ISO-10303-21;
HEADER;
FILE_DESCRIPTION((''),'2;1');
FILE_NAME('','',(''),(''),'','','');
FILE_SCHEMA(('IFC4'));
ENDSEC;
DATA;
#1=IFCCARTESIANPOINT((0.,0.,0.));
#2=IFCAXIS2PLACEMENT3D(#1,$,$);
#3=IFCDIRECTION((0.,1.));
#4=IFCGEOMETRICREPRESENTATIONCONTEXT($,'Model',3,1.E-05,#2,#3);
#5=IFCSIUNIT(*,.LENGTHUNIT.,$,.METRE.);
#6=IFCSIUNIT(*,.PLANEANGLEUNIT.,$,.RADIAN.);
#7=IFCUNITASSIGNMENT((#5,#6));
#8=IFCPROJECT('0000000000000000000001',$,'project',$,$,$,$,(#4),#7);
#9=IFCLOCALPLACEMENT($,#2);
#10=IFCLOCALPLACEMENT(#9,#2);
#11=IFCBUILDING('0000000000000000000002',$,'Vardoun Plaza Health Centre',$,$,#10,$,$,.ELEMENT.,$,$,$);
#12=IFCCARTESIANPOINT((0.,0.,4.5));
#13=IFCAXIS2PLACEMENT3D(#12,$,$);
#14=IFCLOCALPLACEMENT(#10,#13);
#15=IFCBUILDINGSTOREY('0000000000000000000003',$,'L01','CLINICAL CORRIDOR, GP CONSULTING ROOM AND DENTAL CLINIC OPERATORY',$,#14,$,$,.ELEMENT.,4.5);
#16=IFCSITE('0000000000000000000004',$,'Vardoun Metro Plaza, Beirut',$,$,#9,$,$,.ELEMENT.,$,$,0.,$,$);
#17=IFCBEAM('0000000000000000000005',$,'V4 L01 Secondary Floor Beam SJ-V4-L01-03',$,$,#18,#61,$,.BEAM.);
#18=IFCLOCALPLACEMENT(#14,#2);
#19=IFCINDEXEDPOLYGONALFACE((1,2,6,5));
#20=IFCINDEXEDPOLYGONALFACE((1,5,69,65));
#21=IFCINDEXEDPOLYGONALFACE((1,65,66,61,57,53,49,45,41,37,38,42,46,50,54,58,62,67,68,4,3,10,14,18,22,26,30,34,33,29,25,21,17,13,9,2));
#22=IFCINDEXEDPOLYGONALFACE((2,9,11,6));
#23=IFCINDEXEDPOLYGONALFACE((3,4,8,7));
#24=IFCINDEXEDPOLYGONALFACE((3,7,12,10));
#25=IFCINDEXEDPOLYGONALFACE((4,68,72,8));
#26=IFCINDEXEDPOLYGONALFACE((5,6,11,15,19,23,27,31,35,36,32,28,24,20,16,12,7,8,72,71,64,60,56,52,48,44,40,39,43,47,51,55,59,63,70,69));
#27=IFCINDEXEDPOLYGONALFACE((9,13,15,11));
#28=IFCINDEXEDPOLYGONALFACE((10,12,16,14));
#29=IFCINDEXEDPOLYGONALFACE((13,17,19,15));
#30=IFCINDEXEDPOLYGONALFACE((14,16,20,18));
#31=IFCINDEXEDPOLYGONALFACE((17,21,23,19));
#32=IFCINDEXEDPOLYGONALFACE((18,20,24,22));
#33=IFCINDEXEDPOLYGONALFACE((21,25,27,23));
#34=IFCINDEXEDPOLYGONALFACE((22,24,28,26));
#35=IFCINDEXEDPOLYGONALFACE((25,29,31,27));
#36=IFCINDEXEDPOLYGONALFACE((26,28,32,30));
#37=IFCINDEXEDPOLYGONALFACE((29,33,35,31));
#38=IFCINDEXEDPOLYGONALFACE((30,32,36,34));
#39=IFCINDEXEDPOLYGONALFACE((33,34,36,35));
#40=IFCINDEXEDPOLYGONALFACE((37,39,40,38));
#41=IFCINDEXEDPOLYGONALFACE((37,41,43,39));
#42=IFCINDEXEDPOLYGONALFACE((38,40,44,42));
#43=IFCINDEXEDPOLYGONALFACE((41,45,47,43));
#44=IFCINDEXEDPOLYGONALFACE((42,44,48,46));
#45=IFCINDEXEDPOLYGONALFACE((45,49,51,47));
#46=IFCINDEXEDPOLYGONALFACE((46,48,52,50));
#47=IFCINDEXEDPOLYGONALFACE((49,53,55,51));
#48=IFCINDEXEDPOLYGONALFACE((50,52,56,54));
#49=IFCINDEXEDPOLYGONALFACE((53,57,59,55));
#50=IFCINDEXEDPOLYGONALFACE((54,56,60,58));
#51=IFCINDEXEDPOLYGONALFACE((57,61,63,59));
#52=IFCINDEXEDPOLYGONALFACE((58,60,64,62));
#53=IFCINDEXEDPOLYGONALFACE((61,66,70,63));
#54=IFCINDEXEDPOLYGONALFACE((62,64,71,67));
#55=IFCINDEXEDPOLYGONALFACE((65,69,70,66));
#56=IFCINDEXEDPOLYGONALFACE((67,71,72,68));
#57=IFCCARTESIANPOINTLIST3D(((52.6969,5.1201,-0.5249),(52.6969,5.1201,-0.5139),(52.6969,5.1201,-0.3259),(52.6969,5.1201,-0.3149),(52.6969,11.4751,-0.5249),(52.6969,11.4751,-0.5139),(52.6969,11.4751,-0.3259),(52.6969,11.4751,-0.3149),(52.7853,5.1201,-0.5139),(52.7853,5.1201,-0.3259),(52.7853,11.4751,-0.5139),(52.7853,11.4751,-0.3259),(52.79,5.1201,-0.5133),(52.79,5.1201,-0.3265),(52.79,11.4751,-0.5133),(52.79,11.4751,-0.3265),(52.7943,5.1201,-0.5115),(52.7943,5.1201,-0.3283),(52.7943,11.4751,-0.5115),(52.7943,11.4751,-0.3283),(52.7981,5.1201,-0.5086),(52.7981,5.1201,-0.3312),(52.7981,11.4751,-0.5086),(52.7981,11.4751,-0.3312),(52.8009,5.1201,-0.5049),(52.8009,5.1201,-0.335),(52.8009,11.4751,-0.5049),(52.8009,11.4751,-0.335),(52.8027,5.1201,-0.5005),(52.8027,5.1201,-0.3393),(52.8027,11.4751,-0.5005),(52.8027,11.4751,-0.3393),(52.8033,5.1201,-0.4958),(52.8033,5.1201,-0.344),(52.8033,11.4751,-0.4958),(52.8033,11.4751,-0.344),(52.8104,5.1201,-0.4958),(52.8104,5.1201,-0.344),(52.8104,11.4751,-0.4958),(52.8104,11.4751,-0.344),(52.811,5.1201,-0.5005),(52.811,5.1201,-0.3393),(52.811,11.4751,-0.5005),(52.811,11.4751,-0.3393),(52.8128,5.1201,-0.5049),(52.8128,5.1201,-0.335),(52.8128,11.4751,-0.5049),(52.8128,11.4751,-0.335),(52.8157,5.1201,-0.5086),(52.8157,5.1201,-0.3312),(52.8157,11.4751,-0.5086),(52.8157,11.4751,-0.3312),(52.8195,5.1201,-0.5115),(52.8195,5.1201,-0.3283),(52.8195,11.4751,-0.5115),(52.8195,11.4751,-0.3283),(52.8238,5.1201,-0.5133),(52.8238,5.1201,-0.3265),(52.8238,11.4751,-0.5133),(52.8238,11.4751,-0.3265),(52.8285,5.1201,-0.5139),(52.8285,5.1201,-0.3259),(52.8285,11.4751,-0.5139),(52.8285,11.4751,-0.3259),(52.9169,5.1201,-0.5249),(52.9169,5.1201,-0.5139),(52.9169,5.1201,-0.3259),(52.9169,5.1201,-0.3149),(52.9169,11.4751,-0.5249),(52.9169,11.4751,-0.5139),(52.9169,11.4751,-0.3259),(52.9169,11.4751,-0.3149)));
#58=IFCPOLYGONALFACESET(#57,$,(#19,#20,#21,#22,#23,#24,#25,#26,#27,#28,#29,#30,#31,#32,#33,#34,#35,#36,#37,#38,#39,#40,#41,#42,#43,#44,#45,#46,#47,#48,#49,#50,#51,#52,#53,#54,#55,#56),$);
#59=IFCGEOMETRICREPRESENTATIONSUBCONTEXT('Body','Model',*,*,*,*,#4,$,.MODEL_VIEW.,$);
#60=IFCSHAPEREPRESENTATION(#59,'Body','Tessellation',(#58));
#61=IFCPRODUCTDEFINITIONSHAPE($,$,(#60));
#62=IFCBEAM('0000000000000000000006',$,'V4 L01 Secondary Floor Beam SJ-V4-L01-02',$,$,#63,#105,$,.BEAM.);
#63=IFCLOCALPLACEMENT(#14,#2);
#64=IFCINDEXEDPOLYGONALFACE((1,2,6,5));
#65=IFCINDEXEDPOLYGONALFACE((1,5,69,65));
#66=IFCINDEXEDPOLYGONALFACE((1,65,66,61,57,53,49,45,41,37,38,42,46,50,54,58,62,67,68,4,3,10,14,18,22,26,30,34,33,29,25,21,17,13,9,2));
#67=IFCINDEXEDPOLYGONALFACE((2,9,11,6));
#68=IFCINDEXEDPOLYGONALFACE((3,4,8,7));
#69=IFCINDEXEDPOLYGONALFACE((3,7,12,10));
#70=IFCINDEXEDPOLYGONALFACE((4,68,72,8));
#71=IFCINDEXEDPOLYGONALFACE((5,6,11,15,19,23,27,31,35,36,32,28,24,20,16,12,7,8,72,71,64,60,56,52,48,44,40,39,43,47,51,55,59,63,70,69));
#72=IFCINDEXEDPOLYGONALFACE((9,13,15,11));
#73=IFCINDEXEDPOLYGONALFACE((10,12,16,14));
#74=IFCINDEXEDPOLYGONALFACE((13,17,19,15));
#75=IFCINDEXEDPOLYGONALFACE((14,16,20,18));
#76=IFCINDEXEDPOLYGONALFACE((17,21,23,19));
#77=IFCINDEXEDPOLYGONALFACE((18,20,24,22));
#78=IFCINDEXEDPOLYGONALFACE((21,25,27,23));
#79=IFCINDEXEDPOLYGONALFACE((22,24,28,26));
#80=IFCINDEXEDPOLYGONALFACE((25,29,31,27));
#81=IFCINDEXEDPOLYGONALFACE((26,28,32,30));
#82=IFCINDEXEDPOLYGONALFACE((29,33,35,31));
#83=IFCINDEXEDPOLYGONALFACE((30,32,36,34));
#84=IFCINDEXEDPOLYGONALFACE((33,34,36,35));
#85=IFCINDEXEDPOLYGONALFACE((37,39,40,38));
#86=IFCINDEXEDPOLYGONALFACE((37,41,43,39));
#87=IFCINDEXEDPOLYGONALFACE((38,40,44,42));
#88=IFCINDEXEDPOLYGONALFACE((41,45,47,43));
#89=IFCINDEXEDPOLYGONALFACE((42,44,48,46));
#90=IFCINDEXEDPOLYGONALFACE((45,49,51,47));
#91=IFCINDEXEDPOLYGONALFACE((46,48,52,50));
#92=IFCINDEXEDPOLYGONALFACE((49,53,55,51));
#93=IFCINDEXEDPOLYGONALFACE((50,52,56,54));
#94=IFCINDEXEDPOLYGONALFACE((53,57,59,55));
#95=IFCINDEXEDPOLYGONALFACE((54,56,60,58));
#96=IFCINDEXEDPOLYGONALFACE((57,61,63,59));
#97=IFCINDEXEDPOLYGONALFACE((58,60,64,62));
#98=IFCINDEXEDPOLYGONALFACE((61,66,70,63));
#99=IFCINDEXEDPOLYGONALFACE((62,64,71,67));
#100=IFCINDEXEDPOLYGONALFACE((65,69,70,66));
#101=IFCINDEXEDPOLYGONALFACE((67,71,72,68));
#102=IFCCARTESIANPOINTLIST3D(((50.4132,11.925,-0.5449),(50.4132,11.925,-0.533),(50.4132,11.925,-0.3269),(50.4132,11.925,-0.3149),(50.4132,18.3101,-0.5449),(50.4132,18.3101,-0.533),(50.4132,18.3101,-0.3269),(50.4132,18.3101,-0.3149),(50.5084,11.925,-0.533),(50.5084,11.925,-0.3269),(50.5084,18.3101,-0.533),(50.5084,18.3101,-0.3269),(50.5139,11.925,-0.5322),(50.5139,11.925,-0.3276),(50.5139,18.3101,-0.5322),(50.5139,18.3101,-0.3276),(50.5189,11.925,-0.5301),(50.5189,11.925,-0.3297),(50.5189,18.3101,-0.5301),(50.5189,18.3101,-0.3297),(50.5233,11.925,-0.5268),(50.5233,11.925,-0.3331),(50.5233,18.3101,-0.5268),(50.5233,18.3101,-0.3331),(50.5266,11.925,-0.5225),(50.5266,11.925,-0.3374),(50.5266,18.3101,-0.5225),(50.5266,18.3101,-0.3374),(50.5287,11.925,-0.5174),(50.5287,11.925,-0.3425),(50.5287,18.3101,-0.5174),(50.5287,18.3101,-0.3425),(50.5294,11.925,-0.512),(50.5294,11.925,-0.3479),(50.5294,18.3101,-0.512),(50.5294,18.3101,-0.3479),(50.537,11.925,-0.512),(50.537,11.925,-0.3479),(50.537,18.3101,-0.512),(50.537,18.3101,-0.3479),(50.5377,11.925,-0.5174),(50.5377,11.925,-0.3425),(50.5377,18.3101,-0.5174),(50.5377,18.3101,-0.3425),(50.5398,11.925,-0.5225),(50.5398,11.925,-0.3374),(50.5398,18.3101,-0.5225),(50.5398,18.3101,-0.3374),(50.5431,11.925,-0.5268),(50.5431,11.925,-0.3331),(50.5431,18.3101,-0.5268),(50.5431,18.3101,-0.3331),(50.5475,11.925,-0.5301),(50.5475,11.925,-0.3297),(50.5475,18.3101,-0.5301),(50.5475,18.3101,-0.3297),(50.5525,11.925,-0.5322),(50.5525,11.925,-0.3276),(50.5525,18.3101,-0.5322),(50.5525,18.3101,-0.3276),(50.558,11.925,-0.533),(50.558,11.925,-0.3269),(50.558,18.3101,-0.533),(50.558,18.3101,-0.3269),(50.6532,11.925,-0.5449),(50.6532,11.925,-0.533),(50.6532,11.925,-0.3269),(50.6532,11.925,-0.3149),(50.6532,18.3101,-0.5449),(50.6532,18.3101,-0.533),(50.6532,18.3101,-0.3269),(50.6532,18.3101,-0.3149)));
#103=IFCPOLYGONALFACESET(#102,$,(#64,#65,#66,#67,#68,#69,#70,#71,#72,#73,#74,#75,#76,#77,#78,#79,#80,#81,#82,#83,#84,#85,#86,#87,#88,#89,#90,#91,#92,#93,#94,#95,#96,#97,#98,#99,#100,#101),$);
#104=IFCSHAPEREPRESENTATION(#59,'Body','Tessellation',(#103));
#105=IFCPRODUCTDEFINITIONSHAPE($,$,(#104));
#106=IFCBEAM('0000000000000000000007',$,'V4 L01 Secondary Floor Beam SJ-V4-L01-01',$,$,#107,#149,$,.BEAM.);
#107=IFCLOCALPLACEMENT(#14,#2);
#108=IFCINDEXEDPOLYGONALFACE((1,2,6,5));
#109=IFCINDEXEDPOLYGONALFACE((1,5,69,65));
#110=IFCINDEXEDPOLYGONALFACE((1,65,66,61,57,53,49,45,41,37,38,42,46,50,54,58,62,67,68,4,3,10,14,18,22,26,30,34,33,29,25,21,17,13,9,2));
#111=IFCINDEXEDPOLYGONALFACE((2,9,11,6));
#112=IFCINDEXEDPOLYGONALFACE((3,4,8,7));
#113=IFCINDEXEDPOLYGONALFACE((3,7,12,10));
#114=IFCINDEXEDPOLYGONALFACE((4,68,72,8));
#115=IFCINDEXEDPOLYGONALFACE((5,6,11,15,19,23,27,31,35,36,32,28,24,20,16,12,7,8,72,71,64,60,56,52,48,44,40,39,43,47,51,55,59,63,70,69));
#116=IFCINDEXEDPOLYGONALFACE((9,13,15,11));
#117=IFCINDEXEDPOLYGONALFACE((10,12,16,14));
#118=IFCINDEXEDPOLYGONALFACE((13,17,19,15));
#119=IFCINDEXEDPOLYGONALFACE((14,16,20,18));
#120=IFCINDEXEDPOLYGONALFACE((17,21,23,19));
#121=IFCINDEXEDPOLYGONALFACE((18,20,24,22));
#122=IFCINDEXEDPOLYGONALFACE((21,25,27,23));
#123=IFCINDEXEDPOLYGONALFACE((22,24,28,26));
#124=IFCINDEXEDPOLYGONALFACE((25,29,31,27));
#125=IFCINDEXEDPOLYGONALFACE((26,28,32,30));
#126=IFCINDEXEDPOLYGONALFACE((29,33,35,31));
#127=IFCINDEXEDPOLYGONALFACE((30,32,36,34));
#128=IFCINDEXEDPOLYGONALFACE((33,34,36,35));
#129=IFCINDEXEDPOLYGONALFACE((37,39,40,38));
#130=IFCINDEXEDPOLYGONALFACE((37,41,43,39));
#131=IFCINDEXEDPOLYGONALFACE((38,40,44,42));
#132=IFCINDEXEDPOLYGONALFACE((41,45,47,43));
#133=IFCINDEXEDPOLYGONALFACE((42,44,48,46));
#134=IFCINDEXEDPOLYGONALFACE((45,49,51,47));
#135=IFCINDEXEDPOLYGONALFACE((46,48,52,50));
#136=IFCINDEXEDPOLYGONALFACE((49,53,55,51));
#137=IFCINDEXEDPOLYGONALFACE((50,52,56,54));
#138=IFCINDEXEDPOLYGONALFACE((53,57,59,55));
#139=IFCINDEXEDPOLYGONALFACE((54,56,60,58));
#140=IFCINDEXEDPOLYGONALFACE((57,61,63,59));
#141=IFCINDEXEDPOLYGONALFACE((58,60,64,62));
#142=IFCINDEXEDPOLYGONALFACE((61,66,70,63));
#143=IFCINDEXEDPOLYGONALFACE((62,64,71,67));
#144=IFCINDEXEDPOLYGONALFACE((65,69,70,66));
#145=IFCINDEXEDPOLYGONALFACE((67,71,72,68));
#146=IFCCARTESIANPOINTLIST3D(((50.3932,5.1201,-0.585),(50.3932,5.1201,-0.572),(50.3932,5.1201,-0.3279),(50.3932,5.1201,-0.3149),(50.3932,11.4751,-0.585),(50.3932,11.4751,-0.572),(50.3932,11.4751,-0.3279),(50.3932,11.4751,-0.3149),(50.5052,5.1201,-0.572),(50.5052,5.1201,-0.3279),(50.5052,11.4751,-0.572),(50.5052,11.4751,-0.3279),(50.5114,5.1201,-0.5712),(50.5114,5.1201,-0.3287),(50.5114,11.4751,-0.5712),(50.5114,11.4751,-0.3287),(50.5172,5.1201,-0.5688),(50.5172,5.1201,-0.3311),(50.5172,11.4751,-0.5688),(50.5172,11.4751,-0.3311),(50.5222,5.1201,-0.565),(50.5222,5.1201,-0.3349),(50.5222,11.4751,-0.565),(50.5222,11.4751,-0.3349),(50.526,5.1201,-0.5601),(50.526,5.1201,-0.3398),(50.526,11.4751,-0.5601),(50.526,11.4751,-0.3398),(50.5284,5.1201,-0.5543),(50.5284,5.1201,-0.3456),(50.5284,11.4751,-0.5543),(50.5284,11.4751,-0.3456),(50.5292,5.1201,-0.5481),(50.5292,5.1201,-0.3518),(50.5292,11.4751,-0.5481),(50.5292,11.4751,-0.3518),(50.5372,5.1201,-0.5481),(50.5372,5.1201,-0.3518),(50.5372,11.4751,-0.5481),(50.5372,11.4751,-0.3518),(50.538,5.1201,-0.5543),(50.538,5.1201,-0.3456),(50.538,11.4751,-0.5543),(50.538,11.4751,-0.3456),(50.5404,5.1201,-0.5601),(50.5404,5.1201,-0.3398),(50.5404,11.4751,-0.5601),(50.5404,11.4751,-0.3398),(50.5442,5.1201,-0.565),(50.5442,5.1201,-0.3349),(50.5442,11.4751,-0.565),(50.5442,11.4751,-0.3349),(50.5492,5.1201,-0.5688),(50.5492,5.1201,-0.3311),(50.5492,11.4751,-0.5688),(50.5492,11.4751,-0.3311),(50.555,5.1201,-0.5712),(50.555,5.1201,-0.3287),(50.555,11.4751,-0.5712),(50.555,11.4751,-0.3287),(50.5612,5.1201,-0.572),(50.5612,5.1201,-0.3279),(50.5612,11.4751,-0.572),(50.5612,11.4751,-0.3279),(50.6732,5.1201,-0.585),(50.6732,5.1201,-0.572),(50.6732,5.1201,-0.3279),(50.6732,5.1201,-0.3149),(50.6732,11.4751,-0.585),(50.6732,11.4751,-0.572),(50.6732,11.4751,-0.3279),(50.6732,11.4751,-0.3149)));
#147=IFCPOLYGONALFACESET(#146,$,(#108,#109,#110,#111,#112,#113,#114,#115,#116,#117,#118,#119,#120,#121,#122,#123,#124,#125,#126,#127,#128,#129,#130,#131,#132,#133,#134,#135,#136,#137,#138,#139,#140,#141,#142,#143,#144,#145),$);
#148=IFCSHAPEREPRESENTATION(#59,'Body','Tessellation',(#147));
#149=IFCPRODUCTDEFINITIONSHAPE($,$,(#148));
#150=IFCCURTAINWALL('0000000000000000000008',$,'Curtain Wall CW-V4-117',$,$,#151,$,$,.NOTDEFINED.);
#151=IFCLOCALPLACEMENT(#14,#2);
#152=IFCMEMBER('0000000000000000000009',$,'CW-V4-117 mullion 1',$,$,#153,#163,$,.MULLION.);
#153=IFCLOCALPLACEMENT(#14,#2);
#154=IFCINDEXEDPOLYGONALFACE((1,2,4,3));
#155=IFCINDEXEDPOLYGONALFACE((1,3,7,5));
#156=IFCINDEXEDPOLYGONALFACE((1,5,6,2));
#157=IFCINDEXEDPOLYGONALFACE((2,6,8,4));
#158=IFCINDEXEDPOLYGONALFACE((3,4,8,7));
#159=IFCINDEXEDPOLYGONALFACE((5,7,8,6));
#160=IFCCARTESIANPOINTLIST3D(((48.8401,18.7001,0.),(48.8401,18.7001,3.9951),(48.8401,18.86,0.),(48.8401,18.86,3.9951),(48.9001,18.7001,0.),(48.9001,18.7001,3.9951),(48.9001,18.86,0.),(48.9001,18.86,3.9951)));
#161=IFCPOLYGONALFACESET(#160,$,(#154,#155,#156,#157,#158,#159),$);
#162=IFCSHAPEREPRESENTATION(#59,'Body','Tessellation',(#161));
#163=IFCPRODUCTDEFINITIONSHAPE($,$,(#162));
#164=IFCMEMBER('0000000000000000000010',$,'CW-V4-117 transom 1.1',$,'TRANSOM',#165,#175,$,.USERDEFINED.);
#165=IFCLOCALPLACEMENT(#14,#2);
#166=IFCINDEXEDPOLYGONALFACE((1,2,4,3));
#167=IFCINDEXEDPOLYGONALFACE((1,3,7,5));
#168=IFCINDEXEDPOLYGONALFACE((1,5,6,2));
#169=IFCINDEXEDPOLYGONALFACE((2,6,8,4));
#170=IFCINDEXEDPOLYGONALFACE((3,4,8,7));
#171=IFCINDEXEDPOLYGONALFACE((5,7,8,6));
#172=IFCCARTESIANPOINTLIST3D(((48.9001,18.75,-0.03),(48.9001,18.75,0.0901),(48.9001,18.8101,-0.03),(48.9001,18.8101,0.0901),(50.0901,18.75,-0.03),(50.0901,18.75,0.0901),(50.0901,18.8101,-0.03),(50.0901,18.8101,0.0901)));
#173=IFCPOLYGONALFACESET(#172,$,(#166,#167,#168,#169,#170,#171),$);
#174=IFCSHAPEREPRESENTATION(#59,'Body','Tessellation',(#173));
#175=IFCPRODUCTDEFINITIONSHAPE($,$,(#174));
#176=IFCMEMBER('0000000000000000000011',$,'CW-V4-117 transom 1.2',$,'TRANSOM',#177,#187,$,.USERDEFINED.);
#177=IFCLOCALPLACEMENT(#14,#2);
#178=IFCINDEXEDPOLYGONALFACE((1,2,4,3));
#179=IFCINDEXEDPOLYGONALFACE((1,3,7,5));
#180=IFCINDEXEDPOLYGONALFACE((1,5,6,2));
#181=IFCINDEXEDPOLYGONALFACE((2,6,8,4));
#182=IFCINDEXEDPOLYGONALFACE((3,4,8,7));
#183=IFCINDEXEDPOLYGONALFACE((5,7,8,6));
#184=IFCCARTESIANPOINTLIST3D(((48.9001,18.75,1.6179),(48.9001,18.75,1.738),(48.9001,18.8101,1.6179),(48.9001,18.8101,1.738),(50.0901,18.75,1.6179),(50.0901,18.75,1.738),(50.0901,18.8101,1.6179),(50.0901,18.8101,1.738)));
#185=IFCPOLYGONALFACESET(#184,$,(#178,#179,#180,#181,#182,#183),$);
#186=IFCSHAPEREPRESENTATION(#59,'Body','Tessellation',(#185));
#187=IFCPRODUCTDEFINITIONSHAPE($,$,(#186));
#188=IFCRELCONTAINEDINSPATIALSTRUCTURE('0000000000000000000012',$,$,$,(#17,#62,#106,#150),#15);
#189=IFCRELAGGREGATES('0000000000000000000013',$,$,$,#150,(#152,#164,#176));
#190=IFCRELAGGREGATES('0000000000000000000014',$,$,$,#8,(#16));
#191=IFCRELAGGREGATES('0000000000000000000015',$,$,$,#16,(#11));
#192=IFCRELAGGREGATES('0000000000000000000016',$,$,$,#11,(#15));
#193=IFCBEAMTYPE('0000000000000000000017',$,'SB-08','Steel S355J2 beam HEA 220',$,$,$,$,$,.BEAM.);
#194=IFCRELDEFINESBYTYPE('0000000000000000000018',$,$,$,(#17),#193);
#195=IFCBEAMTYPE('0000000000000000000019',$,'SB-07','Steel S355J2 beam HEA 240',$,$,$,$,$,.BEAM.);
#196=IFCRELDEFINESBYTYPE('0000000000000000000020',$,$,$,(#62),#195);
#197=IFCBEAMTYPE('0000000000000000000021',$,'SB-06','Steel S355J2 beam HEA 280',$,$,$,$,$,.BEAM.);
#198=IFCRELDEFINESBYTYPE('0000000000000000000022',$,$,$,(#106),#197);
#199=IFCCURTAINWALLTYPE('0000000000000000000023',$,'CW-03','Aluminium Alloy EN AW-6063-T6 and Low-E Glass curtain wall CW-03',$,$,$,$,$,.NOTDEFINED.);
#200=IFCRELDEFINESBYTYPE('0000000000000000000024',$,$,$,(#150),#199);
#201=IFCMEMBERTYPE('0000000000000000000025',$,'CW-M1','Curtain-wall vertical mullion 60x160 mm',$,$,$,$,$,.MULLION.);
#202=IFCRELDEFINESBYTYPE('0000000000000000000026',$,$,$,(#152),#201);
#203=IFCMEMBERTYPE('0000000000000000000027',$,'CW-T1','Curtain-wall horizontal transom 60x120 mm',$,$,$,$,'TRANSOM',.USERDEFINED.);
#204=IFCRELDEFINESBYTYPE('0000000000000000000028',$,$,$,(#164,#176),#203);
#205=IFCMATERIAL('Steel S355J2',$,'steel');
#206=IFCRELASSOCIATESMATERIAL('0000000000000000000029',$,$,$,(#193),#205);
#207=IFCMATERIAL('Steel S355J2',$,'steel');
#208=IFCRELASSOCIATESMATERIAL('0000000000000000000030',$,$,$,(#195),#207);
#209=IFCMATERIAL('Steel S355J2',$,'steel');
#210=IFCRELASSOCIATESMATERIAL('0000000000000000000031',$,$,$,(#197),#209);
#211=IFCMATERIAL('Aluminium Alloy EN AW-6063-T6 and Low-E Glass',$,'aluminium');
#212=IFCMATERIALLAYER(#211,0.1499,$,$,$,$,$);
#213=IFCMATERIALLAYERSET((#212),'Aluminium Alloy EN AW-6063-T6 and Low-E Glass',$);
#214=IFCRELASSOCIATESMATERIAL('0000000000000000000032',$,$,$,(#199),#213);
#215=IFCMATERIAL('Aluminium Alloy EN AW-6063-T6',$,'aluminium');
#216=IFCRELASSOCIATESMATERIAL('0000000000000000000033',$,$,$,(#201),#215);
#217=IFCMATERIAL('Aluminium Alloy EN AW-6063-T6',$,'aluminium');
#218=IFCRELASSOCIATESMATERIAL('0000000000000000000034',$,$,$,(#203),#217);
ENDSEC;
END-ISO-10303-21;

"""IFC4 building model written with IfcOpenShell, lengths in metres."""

from ifc_helpers import new_model, si_unit, direction, frame, origin, origin_2d, place, context, subcontext, project, spatial, rectangle, i_section, extrude, material, layer, layer_set, material_profile, profile_set, type_object, element, aggregate, save


model = new_model("IFC4")

# Units and contexts
model_context = context("Model", 3, precision=1e-05, world=origin(), true_north=direction((0.0, 1.0)))
body_context = subcontext(model_context, "Body", "Model", "MODEL_VIEW")
ifc_project = project(units=[si_unit("LENGTHUNIT", "METRE"), si_unit("PLANEANGLEUNIT", "RADIAN")], contexts=[model_context])

# Site, building, storey
site_placement = place(None, origin())
site = spatial("IfcSite", under=ifc_project, at=site_placement, Name="Vardoun Metro Plaza, Beirut", CompositionType="ELEMENT", RefElevation=0.0)
building_placement = place(site_placement, origin())
building = spatial("IfcBuilding", under=site, at=building_placement, Name="Vardoun Plaza Health Centre", CompositionType="ELEMENT")
storey_placement = place(building_placement, frame((0.0, 0.0, 4.5)))
storey = spatial("IfcBuildingStorey", under=building, at=storey_placement, Name="L01", Description="CLINICAL CORRIDOR, GP CONSULTING ROOM AND DENTAL CLINIC OPERATORY", CompositionType="ELEMENT", Elevation=4.5)

# Beams
ifc_material_1 = material(Name="Steel S355J2", Category="steel")
ifc_material_profile_1 = material_profile(ifc_material_1, i_section(OverallWidth=0.22, OverallDepth=0.21, WebThickness=0.0071, FlangeThickness=0.011, FilletRadius=0.0181, at=origin_2d()), Name="HEA 220")
ifc_profile_set_1 = profile_set([ifc_material_profile_1], Name="Steel S355J2")
beam_type_1 = type_object("IfcBeamType", Name="SB-08", Description="Steel S355J2 beam HEA 220", PredefinedType="BEAM", material=ifc_profile_set_1)
beam_1_placement = place(storey_placement, frame((52.8069, 5.1201, -0.4199), z_axis=(0.0, 1.0, 0.0), x_axis=(-1.0, 0.0, 0.0)))
element("IfcBeam", 1, at=beam_1_placement, inside=storey, type_object=beam_type_1, Name="V4 L01 Secondary Floor Beam SJ-V4-L01-03", PredefinedType="BEAM", context=body_context, shape_type="SweptSolid", body=[
    extrude(i_section(OverallWidth=0.22, OverallDepth=0.21, WebThickness=0.0071, FlangeThickness=0.011, FilletRadius=0.0181, at=origin_2d()), origin(), (0.0, 0.0, 1.0), 6.355),
])
ifc_material_2 = material(Name="Steel S355J2", Category="steel")
ifc_material_profile_2 = material_profile(ifc_material_2, i_section(OverallWidth=0.24, OverallDepth=0.23, WebThickness=0.0076, FlangeThickness=0.012, FilletRadius=0.021, at=origin_2d()), Name="HEA 240")
ifc_profile_set_2 = profile_set([ifc_material_profile_2], Name="Steel S355J2")
beam_type_2 = type_object("IfcBeamType", Name="SB-07", Description="Steel S355J2 beam HEA 240", PredefinedType="BEAM", material=ifc_profile_set_2)
beam_2_placement = place(storey_placement, frame((50.5332, 11.925, -0.4299), z_axis=(0.0, 1.0, 0.0), x_axis=(-1.0, 0.0, 0.0)))
element("IfcBeam", 2, at=beam_2_placement, inside=storey, type_object=beam_type_2, Name="V4 L01 Secondary Floor Beam SJ-V4-L01-02", PredefinedType="BEAM", context=body_context, shape_type="SweptSolid", body=[
    extrude(i_section(OverallWidth=0.24, OverallDepth=0.23, WebThickness=0.0076, FlangeThickness=0.012, FilletRadius=0.021, at=origin_2d()), origin(), (0.0, 0.0, 1.0), 6.385),
])
ifc_material_3 = material(Name="Steel S355J2", Category="steel")
ifc_material_profile_3 = material_profile(ifc_material_3, i_section(OverallWidth=0.28, OverallDepth=0.27, WebThickness=0.0081, FlangeThickness=0.0129, FilletRadius=0.0239, at=origin_2d()), Name="HEA 280")
ifc_profile_set_3 = profile_set([ifc_material_profile_3], Name="Steel S355J2")
beam_type_3 = type_object("IfcBeamType", Name="SB-06", Description="Steel S355J2 beam HEA 280", PredefinedType="BEAM", material=ifc_profile_set_3)
beam_3_placement = place(storey_placement, frame((50.5332, 5.1201, -0.45), z_axis=(0.0, 1.0, 0.0), x_axis=(-1.0, 0.0, 0.0)))
element("IfcBeam", 3, at=beam_3_placement, inside=storey, type_object=beam_type_3, Name="V4 L01 Secondary Floor Beam SJ-V4-L01-01", PredefinedType="BEAM", context=body_context, shape_type="SweptSolid", body=[
    extrude(i_section(OverallWidth=0.28, OverallDepth=0.27, WebThickness=0.0081, FlangeThickness=0.0129, FilletRadius=0.0239, at=origin_2d()), origin(), (0.0, 0.0, 1.0), 6.355),
])

# Curtain wall, members
ifc_material_4 = material(Name="Aluminium Alloy EN AW-6063-T6 and Low-E Glass", Category="aluminium")
ifc_layer_1 = layer(ifc_material_4, 0.1499)
ifc_layer_set_1 = layer_set([ifc_layer_1], Name="Aluminium Alloy EN AW-6063-T6 and Low-E Glass")
curtain_wall_type = type_object("IfcCurtainWallType", Name="CW-03", Description="Aluminium Alloy EN AW-6063-T6 and Low-E Glass curtain wall CW-03", PredefinedType="NOTDEFINED", material=ifc_layer_set_1)
curtain_wall_placement = place(storey_placement, origin())
curtain_wall = element("IfcCurtainWall", 4, at=curtain_wall_placement, inside=storey, type_object=curtain_wall_type, Name="Curtain Wall CW-V4-117", PredefinedType="NOTDEFINED")
ifc_material_5 = material(Name="Aluminium Alloy EN AW-6063-T6", Category="aluminium")
ifc_material_profile_4 = material_profile(ifc_material_5, rectangle(XDim=0.1599, YDim=0.0601, at=origin_2d()), Name="CWM 60x160")
ifc_profile_set_4 = profile_set([ifc_material_profile_4], Name="Aluminium Alloy EN AW-6063-T6")
member_type_1 = type_object("IfcMemberType", Name="CW-M1", Description="Curtain-wall vertical mullion 60x160 mm", PredefinedType="MULLION", material=ifc_profile_set_4)
member_1_placement = place(storey_placement, frame((48.8701, 18.78, 0.0), z_axis=(0.0, 0.0, 1.0), x_axis=(0.0, 1.0, 0.0)))
member_1 = element("IfcMember", 5, at=member_1_placement, type_object=member_type_1, Name="CW-V4-117 mullion 1", PredefinedType="MULLION", context=body_context, shape_type="SweptSolid", body=[
    extrude(rectangle(XDim=0.1599, YDim=0.0601, at=origin_2d()), origin(), (0.0, 0.0, 1.0), 3.9951),
])
ifc_material_6 = material(Name="Aluminium Alloy EN AW-6063-T6", Category="aluminium")
ifc_material_profile_5 = material_profile(ifc_material_6, rectangle(XDim=0.0601, YDim=0.1201, at=origin_2d()), Name="CWT 60x120")
ifc_profile_set_5 = profile_set([ifc_material_profile_5], Name="Aluminium Alloy EN AW-6063-T6")
member_type_2 = type_object("IfcMemberType", Name="CW-T1", Description="Curtain-wall horizontal transom 60x120 mm", ElementType="TRANSOM", PredefinedType="USERDEFINED", material=ifc_profile_set_5)
member_2_placement = place(storey_placement, frame((48.9001, 18.78, 0.03), z_axis=(1.0, 0.0, 0.0), x_axis=(0.0, 1.0, 0.0)))
member_2 = element("IfcMember", 6, at=member_2_placement, type_object=member_type_2, Name="CW-V4-117 transom 1.1", ObjectType="TRANSOM", PredefinedType="USERDEFINED", context=body_context, shape_type="SweptSolid", body=[
    extrude(rectangle(XDim=0.0601, YDim=0.1201, at=origin_2d()), origin(), (0.0, 0.0, 1.0), 1.1899),
])
member_3_placement = place(storey_placement, frame((48.9001, 18.78, 1.678), z_axis=(1.0, 0.0, 0.0), x_axis=(0.0, 1.0, 0.0)))
member_3 = element("IfcMember", 7, at=member_3_placement, type_object=member_type_2, Name="CW-V4-117 transom 1.2", ObjectType="TRANSOM", PredefinedType="USERDEFINED", context=body_context, shape_type="SweptSolid", body=[
    extrude(rectangle(XDim=0.0601, YDim=0.1201, at=origin_2d()), origin(), (0.0, 0.0, 1.0), 1.1899),
])
aggregate(curtain_wall, [member_1, member_2, member_3])

save(model, "model.ifc")
